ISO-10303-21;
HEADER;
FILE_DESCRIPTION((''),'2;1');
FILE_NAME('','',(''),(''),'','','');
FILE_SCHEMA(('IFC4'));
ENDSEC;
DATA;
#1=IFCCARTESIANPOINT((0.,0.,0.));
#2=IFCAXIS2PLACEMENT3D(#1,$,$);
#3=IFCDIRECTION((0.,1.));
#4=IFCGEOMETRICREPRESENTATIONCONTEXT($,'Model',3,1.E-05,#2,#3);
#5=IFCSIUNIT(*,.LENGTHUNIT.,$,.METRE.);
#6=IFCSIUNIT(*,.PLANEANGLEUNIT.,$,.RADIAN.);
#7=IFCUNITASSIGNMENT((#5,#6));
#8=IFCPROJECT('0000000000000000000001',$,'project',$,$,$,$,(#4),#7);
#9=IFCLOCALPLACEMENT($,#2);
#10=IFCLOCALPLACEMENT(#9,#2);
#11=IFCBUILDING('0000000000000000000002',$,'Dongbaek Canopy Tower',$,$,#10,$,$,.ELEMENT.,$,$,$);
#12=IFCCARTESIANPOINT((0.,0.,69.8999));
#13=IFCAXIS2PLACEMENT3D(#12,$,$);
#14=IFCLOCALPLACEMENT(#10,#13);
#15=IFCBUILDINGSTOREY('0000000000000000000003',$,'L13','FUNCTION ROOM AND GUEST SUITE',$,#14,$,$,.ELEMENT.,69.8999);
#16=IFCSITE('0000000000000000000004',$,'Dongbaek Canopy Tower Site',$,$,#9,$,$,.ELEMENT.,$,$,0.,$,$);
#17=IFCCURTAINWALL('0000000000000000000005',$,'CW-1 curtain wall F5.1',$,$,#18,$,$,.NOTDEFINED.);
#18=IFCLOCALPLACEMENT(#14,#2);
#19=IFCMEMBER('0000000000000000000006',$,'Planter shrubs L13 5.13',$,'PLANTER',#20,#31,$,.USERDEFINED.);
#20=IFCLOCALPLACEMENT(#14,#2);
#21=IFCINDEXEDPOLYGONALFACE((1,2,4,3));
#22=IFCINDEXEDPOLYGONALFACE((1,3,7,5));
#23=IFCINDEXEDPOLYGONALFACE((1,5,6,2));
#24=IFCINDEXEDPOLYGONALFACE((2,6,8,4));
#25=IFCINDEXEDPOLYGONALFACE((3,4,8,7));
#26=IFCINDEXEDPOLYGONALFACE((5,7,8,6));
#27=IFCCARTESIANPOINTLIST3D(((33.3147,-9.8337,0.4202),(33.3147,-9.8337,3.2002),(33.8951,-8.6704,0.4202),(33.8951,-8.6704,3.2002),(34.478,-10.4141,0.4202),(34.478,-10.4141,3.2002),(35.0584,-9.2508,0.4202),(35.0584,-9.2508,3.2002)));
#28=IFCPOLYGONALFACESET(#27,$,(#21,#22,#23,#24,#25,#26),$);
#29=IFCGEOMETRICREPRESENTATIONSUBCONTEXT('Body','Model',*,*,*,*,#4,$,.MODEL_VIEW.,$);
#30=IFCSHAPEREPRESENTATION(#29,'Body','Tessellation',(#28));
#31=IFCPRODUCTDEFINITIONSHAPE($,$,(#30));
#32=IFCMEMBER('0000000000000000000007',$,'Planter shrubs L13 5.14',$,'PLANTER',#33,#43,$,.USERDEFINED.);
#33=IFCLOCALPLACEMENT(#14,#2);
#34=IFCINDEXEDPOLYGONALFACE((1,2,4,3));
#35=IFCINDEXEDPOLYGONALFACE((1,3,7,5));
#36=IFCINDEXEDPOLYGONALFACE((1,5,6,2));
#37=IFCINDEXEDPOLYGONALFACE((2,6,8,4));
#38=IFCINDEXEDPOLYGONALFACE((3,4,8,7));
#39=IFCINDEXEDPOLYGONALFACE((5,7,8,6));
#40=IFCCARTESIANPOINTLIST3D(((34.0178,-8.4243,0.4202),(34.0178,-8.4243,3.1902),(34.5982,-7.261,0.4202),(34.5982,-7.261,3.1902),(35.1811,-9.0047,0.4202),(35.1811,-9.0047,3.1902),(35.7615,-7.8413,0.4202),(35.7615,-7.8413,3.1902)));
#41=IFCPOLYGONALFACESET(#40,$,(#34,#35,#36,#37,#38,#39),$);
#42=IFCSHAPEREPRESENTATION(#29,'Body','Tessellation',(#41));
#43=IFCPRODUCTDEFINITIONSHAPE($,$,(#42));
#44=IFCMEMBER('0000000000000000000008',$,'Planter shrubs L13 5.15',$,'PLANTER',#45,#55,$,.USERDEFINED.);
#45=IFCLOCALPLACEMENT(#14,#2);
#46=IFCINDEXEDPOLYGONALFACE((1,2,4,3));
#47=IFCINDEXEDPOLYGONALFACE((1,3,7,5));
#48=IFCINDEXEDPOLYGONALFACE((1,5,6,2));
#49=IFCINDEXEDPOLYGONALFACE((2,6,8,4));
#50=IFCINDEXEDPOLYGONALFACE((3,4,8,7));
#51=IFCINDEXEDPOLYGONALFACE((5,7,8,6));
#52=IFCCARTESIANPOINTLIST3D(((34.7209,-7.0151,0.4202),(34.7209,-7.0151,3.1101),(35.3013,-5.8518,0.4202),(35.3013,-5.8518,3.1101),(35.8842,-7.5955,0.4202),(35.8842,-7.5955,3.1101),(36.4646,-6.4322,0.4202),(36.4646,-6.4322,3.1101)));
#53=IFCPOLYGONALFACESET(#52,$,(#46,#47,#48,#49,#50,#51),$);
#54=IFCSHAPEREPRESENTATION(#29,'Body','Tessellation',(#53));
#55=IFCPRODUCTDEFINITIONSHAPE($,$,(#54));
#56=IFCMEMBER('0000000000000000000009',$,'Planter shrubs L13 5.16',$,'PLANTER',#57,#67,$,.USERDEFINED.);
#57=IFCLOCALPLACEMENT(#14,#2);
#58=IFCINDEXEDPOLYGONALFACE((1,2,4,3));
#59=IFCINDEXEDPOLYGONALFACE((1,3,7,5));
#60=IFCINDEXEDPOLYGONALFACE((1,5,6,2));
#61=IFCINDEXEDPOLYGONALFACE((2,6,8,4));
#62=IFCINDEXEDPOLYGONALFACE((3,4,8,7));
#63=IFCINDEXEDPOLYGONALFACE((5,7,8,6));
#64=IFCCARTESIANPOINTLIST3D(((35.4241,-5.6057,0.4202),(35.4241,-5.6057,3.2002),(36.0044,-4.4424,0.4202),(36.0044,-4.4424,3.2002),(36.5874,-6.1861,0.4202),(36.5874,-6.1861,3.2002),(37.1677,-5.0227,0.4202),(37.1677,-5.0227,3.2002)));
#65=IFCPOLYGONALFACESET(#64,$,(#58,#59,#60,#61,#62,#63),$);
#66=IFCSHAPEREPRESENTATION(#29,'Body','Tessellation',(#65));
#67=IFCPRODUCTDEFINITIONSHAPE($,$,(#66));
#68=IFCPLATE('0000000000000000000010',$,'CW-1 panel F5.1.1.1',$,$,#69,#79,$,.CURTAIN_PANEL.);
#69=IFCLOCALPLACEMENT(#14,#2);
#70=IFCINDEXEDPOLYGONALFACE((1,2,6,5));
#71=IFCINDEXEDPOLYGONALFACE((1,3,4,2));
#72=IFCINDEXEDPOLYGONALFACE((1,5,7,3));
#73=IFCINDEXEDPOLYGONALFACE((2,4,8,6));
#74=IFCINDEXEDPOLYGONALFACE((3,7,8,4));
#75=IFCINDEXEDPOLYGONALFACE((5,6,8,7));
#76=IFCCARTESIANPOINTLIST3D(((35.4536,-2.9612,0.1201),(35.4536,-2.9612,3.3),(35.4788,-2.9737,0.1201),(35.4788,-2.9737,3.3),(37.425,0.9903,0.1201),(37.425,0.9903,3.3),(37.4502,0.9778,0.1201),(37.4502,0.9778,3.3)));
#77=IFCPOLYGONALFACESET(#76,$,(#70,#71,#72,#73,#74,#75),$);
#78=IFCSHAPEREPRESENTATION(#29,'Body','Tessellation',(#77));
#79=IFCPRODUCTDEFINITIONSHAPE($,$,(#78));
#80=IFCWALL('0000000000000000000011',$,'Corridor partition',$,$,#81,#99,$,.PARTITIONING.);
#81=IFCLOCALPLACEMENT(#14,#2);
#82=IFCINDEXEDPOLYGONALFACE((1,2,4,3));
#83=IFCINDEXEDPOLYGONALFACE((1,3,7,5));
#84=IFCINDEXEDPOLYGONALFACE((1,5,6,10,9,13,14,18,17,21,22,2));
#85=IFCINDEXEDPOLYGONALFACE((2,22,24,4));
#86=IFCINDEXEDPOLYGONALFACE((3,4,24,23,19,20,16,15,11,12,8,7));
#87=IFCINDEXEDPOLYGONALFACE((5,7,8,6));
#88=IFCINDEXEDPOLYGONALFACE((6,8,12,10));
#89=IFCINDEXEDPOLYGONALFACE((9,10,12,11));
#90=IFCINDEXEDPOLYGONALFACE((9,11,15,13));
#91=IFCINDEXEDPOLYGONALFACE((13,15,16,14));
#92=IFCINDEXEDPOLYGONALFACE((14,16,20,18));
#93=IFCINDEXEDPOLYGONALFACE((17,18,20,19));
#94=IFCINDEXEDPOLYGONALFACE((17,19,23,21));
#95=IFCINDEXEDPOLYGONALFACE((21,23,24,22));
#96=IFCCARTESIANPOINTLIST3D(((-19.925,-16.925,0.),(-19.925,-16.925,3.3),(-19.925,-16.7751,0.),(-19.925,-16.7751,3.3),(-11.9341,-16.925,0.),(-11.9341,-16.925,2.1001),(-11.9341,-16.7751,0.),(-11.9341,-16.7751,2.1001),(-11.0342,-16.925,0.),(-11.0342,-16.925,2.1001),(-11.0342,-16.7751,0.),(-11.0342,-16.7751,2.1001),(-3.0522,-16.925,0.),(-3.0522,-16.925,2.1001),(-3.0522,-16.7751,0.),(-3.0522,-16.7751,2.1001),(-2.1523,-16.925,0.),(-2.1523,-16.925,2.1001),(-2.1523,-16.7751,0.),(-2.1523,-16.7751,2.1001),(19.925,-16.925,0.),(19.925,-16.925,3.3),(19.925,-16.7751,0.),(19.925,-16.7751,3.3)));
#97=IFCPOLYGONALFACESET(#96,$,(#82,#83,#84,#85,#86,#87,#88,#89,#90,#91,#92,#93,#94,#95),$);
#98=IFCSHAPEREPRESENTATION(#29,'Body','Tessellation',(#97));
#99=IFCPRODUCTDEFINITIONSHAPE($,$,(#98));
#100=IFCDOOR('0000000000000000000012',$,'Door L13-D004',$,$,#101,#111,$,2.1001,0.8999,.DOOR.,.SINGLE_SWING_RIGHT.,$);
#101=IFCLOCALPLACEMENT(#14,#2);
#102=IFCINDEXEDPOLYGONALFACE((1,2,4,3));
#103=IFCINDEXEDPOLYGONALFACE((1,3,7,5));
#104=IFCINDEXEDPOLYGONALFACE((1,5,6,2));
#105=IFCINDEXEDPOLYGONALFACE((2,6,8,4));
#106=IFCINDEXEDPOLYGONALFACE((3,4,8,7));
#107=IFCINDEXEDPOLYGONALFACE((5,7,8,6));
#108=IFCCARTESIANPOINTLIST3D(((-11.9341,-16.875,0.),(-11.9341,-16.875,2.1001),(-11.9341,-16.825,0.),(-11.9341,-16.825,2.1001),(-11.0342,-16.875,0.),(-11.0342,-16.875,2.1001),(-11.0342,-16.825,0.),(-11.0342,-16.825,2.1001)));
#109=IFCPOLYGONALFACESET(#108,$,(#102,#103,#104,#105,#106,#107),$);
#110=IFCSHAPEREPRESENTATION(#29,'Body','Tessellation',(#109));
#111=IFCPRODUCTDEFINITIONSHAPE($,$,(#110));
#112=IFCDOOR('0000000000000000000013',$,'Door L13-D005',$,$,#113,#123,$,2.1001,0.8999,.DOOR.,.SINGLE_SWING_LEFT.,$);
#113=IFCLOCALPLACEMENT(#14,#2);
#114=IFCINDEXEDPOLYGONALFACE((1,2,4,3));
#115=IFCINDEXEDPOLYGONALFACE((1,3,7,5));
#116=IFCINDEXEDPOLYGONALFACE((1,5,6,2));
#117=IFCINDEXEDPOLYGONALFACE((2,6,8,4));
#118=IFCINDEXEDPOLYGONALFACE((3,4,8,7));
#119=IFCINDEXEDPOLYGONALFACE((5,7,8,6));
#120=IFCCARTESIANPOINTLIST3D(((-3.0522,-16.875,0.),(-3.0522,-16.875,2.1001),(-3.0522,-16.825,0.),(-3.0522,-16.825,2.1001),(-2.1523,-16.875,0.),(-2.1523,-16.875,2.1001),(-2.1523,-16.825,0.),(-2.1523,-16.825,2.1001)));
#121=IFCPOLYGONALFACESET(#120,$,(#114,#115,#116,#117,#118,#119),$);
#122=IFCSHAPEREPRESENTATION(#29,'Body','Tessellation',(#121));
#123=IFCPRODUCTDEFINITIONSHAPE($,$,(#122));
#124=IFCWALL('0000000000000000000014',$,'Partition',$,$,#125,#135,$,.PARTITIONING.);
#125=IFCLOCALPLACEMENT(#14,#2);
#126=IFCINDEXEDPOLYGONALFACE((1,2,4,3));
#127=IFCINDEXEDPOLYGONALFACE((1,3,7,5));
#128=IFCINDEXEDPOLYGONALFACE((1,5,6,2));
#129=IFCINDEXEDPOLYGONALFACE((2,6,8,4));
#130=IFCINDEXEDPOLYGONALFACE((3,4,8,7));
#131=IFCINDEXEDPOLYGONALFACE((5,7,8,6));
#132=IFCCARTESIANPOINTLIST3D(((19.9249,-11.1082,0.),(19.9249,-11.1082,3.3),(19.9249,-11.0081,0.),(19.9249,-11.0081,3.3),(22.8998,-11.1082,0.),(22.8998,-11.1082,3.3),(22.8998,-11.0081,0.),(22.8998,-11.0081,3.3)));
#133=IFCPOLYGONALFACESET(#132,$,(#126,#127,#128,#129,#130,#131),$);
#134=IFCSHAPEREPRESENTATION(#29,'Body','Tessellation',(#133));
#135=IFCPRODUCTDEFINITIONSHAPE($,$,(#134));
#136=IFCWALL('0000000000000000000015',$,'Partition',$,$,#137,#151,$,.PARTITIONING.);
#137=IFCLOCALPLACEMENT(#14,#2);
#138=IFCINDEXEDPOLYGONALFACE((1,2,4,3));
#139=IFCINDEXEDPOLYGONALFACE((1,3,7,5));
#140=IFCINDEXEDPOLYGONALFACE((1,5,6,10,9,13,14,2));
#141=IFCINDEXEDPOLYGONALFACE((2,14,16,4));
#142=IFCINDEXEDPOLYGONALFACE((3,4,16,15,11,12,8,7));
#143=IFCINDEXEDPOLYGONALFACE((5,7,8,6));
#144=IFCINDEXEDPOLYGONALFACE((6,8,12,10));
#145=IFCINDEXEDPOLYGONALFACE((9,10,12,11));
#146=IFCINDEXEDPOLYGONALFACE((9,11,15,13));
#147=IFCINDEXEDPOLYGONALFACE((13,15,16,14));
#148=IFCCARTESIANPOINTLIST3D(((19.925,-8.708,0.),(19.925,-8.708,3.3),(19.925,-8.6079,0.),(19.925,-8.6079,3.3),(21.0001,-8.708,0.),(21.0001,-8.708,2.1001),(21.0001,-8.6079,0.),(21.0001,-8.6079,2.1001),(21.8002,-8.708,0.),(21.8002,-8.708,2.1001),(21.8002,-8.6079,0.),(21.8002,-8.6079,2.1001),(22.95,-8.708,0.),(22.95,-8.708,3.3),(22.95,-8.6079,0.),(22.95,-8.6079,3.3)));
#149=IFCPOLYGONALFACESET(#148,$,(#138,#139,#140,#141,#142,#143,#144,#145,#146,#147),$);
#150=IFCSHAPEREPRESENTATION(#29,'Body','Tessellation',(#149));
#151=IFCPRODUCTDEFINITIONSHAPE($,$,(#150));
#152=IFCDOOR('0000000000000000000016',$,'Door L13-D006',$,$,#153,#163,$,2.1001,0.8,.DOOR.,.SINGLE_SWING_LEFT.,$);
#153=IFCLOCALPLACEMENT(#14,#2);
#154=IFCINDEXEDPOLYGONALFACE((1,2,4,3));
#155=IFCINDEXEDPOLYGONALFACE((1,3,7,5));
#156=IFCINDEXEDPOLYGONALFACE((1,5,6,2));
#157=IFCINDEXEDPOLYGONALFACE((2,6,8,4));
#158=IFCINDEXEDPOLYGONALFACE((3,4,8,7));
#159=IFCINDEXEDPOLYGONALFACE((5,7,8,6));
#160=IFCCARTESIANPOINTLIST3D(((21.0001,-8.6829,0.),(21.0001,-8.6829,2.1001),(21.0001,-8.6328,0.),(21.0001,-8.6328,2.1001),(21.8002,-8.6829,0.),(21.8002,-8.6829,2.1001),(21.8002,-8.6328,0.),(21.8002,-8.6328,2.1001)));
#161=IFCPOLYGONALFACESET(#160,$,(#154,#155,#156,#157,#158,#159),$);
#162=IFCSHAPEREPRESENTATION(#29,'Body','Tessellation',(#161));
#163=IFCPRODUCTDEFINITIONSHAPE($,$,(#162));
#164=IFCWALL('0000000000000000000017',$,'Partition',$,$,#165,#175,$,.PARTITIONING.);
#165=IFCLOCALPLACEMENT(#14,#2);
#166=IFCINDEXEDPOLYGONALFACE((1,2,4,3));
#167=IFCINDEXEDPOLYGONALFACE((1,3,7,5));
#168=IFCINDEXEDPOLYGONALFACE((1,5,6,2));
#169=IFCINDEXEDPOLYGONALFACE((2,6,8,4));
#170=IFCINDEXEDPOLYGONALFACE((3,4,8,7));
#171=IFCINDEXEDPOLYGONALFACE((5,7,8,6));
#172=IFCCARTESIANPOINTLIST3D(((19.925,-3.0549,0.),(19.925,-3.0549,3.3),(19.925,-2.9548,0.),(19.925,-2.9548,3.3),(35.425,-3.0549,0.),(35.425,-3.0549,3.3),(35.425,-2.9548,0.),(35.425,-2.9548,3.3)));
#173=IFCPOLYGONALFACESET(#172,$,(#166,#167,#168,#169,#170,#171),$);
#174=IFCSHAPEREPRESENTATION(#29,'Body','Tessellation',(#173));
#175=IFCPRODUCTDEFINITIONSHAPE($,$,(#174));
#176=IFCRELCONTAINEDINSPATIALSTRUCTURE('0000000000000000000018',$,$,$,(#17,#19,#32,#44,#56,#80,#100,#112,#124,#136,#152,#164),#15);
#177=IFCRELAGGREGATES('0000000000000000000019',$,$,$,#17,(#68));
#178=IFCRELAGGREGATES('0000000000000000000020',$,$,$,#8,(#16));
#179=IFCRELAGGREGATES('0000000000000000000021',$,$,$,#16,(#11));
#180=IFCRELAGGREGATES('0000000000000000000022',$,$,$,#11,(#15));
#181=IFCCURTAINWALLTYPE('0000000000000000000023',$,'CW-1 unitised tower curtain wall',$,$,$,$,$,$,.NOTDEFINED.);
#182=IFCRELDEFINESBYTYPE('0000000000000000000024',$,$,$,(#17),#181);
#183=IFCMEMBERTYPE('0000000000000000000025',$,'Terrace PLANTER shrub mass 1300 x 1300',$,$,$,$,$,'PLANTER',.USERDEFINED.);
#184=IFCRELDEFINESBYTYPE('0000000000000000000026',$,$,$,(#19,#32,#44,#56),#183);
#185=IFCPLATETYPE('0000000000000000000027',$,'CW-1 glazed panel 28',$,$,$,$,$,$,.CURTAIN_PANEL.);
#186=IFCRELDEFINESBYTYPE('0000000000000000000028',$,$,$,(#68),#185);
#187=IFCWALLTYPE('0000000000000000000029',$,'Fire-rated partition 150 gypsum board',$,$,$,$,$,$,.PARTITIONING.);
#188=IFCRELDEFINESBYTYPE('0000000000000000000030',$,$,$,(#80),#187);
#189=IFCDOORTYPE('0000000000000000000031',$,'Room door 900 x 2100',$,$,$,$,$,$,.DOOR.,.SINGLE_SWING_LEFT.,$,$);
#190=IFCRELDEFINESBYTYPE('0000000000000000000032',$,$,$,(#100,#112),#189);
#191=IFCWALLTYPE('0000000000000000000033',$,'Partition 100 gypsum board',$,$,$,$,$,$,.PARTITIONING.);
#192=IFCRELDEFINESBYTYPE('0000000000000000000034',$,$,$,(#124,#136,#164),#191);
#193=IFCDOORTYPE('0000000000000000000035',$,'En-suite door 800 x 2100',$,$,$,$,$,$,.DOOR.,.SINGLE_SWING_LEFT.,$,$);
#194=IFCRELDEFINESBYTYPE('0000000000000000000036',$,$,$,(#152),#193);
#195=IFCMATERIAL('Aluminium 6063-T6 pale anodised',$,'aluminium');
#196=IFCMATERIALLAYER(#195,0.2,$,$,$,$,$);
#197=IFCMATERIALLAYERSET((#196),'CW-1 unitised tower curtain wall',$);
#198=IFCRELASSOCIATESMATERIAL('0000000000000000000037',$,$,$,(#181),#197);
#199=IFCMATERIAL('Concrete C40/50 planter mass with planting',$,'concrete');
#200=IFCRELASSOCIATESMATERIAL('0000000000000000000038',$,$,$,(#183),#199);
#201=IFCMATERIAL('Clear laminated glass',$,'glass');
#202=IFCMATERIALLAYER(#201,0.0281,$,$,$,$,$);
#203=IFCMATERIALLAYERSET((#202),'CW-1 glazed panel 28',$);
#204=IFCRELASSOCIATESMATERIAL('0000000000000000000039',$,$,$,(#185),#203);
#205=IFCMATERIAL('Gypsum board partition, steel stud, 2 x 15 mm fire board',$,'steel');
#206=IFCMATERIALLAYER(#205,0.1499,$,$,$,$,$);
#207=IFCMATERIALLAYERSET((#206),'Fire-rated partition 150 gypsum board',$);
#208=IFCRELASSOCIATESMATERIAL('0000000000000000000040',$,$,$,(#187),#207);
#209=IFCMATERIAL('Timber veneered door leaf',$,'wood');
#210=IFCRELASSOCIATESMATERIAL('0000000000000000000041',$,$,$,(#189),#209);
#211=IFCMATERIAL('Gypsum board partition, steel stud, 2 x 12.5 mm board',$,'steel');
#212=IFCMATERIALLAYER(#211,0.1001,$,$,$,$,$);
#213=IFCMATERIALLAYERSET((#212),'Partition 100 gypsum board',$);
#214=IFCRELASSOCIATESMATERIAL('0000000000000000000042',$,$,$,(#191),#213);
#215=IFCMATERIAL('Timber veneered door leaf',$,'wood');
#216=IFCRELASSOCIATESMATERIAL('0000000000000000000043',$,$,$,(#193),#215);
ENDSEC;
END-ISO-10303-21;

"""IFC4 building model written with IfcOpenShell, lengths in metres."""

from ifc_helpers import new_model, si_unit, direction, frame, frame_2d, origin, origin_2d, place, context, subcontext, project, spatial, rectangle, extrude, material, layer, layer_set, material_profile, profile_set, type_object, element, fill, aggregate, save


model = new_model("IFC4")

# Units and contexts
model_context = context("Model", 3, precision=1e-05, world=origin(), true_north=direction((0.0, 1.0)))
body_context = subcontext(model_context, "Body", "Model", "MODEL_VIEW")
ifc_project = project(units=[si_unit("LENGTHUNIT", "METRE"), si_unit("PLANEANGLEUNIT", "RADIAN")], contexts=[model_context])

# Site, building, storey
site_placement = place(None, origin())
site = spatial("IfcSite", under=ifc_project, at=site_placement, Name="Dongbaek Canopy Tower Site", CompositionType="ELEMENT", RefElevation=0.0)
building_placement = place(site_placement, origin())
building = spatial("IfcBuilding", under=site, at=building_placement, Name="Dongbaek Canopy Tower", CompositionType="ELEMENT")
storey_placement = place(building_placement, frame((0.0, 0.0, 69.8999)))
storey = spatial("IfcBuildingStorey", under=building, at=storey_placement, Name="L13", Description="FUNCTION ROOM AND GUEST SUITE", CompositionType="ELEMENT", Elevation=69.8999)

# Curtain wall
ifc_material_1 = material(Name="Aluminium 6063-T6 pale anodised", Category="aluminium")
ifc_layer_1 = layer(ifc_material_1, 0.2)
ifc_layer_set_1 = layer_set([ifc_layer_1], Name="CW-1 unitised tower curtain wall")
curtain_wall_type = type_object("IfcCurtainWallType", Name="CW-1 unitised tower curtain wall", PredefinedType="NOTDEFINED", material=ifc_layer_set_1)
curtain_wall_placement = place(storey_placement, origin())
curtain_wall = element("IfcCurtainWall", 1, at=curtain_wall_placement, inside=storey, type_object=curtain_wall_type, Name="CW-1 curtain wall F5.1", PredefinedType="NOTDEFINED")

# Members
ifc_material_2 = material(Name="Concrete C40/50 planter mass with planting", Category="concrete")
ifc_material_profile_1 = material_profile(ifc_material_2, rectangle(XDim=1.3, YDim=1.3, at=origin_2d()), Name="Terrace PLANTER shrub mass 1300 x 1300")
ifc_profile_set_1 = profile_set([ifc_material_profile_1], Name="Concrete C40/50 planter mass with planting")
member_type_1 = type_object("IfcMemberType", Name="Terrace PLANTER shrub mass 1300 x 1300", ElementType="PLANTER", PredefinedType="USERDEFINED", material=ifc_profile_set_1)
member_1_placement = place(storey_placement, frame((34.1865, -9.5422, 0.4202), z_axis=(0.0, 0.0, 1.0), x_axis=(0.894823, -0.44642, 0.0)))
element("IfcMember", 2, at=member_1_placement, inside=storey, type_object=member_type_1, Name="Planter shrubs L13 5.13", ObjectType="PLANTER", PredefinedType="USERDEFINED", context=body_context, shape_type="SweptSolid", body=[
    extrude(rectangle(XDim=1.3, YDim=1.3, at=origin_2d()), origin(), (0.0, 0.0, 1.0), 2.78),
])
member_2_placement = place(storey_placement, frame((34.8896, -8.1328, 0.4202), z_axis=(0.0, 0.0, 1.0), x_axis=(0.894823, -0.44642, 0.0)))
element("IfcMember", 3, at=member_2_placement, inside=storey, type_object=member_type_1, Name="Planter shrubs L13 5.14", ObjectType="PLANTER", PredefinedType="USERDEFINED", context=body_context, shape_type="SweptSolid", body=[
    extrude(rectangle(XDim=1.3, YDim=1.3, at=origin_2d()), origin(), (0.0, 0.0, 1.0), 2.77),
])
member_3_placement = place(storey_placement, frame((35.5928, -6.7236, 0.4202), z_axis=(0.0, 0.0, 1.0), x_axis=(0.894823, -0.44642, 0.0)))
element("IfcMember", 4, at=member_3_placement, inside=storey, type_object=member_type_1, Name="Planter shrubs L13 5.15", ObjectType="PLANTER", PredefinedType="USERDEFINED", context=body_context, shape_type="SweptSolid", body=[
    extrude(rectangle(XDim=1.3, YDim=1.3, at=origin_2d()), origin(), (0.0, 0.0, 1.0), 2.6899),
])
member_4_placement = place(storey_placement, frame((36.2959, -5.3142, 0.4202), z_axis=(0.0, 0.0, 1.0), x_axis=(0.894823, -0.44642, 0.0)))
element("IfcMember", 5, at=member_4_placement, inside=storey, type_object=member_type_1, Name="Planter shrubs L13 5.16", ObjectType="PLANTER", PredefinedType="USERDEFINED", context=body_context, shape_type="SweptSolid", body=[
    extrude(rectangle(XDim=1.3, YDim=1.3, at=origin_2d()), origin(), (0.0, 0.0, 1.0), 2.78),
])

# Plate
ifc_material_3 = material(Name="Clear laminated glass", Category="glass")
ifc_layer_2 = layer(ifc_material_3, 0.0281)
ifc_layer_set_2 = layer_set([ifc_layer_2], Name="CW-1 glazed panel 28")
plate_type = type_object("IfcPlateType", Name="CW-1 glazed panel 28", PredefinedType="CURTAIN_PANEL", material=ifc_layer_set_2)
plate_placement = place(storey_placement, frame((36.4519, -0.9917, 0.1201), z_axis=(0.0, 0.0, 1.0), x_axis=(0.44642, 0.894823, 0.0)))
plate = element("IfcPlate", 6, at=plate_placement, type_object=plate_type, Name="CW-1 panel F5.1.1.1", PredefinedType="CURTAIN_PANEL", context=body_context, shape_type="SweptSolid", body=[
    extrude(rectangle(XDim=4.416, YDim=0.0281, at=origin_2d()), origin(), (0.0, 0.0, 1.0), 3.1799),
])
aggregate(curtain_wall, [plate])

# Wall, openings, doors
ifc_material_4 = material(Name="Gypsum board partition, steel stud, 2 x 15 mm fire board", Category="steel")
ifc_layer_3 = layer(ifc_material_4, 0.1499)
ifc_layer_set_3 = layer_set([ifc_layer_3], Name="Fire-rated partition 150 gypsum board")
wall_type_1 = type_object("IfcWallType", Name="Fire-rated partition 150 gypsum board", PredefinedType="PARTITIONING", material=ifc_layer_set_3)
wall_1_placement = place(storey_placement, frame((19.925, -16.8501, 0.0), z_axis=(0.0, 0.0, 1.0), x_axis=(-1.0, 0.0, 0.0)))
wall_1 = element("IfcWall", 7, at=wall_1_placement, inside=storey, type_object=wall_type_1, Name="Corridor partition", PredefinedType="PARTITIONING", context=body_context, shape_type="SweptSolid", body=[
    extrude(rectangle(XDim=39.8501, YDim=0.1499, at=frame_2d((19.925, 0.0))), origin(), (0.0, 0.0, 1.0), 3.3),
])
opening_1_placement = place(wall_1_placement, frame((30.9592, 0.0, 0.0)))
opening_1 = element("IfcOpeningElement", 8, at=opening_1_placement, cuts=wall_1, PredefinedType="OPENING", context=body_context, shape_type="SweptSolid", body=[
    extrude(rectangle(XDim=0.8999, YDim=2.1001, at=frame_2d((0.45, 1.05))), frame((0.0, 0.085, 0.0), z_axis=(0.0, -1.0, 0.0), x_axis=(1.0, 0.0, 0.0)), (0.0, 0.0, 1.0), 0.1699),
])
opening_2_placement = place(wall_1_placement, frame((22.0774, 0.0, 0.0)))
opening_2 = element("IfcOpeningElement", 9, at=opening_2_placement, cuts=wall_1, PredefinedType="OPENING", context=body_context, shape_type="SweptSolid", body=[
    extrude(rectangle(XDim=0.8999, YDim=2.1001, at=frame_2d((0.45, 1.05))), frame((0.0, 0.085, 0.0), z_axis=(0.0, -1.0, 0.0), x_axis=(1.0, 0.0, 0.0)), (0.0, 0.0, 1.0), 0.1699),
])
ifc_material_5 = material(Name="Timber veneered door leaf", Category="wood")
door_type_1 = type_object("IfcDoorType", Name="Room door 900 x 2100", OperationType="SINGLE_SWING_LEFT", PredefinedType="DOOR", material=ifc_material_5)
door_1_placement = place(opening_1_placement, origin())
door_1 = element("IfcDoor", 10, at=door_1_placement, inside=storey, type_object=door_type_1, Name="Door L13-D004", OperationType="SINGLE_SWING_RIGHT", OverallHeight=2.1001, OverallWidth=0.8999, PredefinedType="DOOR", context=body_context, shape_type="SweptSolid", body=[
    extrude(rectangle(XDim=0.8999, YDim=2.1001, at=frame_2d((0.45, 1.05))), frame((0.0, 0.0249, 0.0), z_axis=(0.0, -1.0, 0.0), x_axis=(1.0, 0.0, 0.0)), (0.0, 0.0, 1.0), 0.05),
])
fill(opening_1, door_1)
door_2_placement = place(opening_2_placement, origin())
door_2 = element("IfcDoor", 11, at=door_2_placement, inside=storey, type_object=door_type_1, Name="Door L13-D005", OperationType="SINGLE_SWING_LEFT", OverallHeight=2.1001, OverallWidth=0.8999, PredefinedType="DOOR", context=body_context, shape_type="SweptSolid", body=[
    extrude(rectangle(XDim=0.8999, YDim=2.1001, at=frame_2d((0.45, 1.05))), frame((0.0, 0.0249, 0.0), z_axis=(0.0, -1.0, 0.0), x_axis=(1.0, 0.0, 0.0)), (0.0, 0.0, 1.0), 0.05),
])
fill(opening_2, door_2)

# Wall
ifc_material_6 = material(Name="Gypsum board partition, steel stud, 2 x 12.5 mm board", Category="steel")
ifc_layer_4 = layer(ifc_material_6, 0.1001)
ifc_layer_set_4 = layer_set([ifc_layer_4], Name="Partition 100 gypsum board")
wall_type_2 = type_object("IfcWallType", Name="Partition 100 gypsum board", PredefinedType="PARTITIONING", material=ifc_layer_set_4)
wall_2_placement = place(storey_placement, frame((19.925, -11.0581, 0.0), z_axis=(0.0, 0.0, 1.0), x_axis=(1.0, 0.0, 0.0)))
element("IfcWall", 12, at=wall_2_placement, inside=storey, type_object=wall_type_2, Name="Partition", PredefinedType="PARTITIONING", context=body_context, shape_type="SweptSolid", body=[
    extrude(rectangle(XDim=2.9749, YDim=0.1001, at=frame_2d((1.4873, 0.0))), origin(), (0.0, 0.0, 1.0), 3.3),
])

# Wall, opening, door
wall_3_placement = place(storey_placement, frame((22.95, -8.658, 0.0), z_axis=(0.0, 0.0, 1.0), x_axis=(-1.0, 0.0, 0.0)))
wall_3 = element("IfcWall", 13, at=wall_3_placement, inside=storey, type_object=wall_type_2, Name="Partition", PredefinedType="PARTITIONING", context=body_context, shape_type="SweptSolid", body=[
    extrude(rectangle(XDim=3.0249, YDim=0.1001, at=frame_2d((1.5125, 0.0))), origin(), (0.0, 0.0, 1.0), 3.3),
])
opening_3_placement = place(wall_3_placement, frame((1.1499, 0.0, 0.0)))
opening_3 = element("IfcOpeningElement", 14, at=opening_3_placement, cuts=wall_3, PredefinedType="OPENING", context=body_context, shape_type="SweptSolid", body=[
    extrude(rectangle(XDim=0.8, YDim=2.1001, at=frame_2d((0.3999, 1.05))), frame((0.0, 0.0601, 0.0), z_axis=(0.0, -1.0, 0.0), x_axis=(1.0, 0.0, 0.0)), (0.0, 0.0, 1.0), 0.1201),
])
ifc_material_7 = material(Name="Timber veneered door leaf", Category="wood")
door_type_2 = type_object("IfcDoorType", Name="En-suite door 800 x 2100", OperationType="SINGLE_SWING_LEFT", PredefinedType="DOOR", material=ifc_material_7)
door_3_placement = place(opening_3_placement, origin())
door_3 = element("IfcDoor", 15, at=door_3_placement, inside=storey, type_object=door_type_2, Name="Door L13-D006", OperationType="SINGLE_SWING_LEFT", OverallHeight=2.1001, OverallWidth=0.8, PredefinedType="DOOR", context=body_context, shape_type="SweptSolid", body=[
    extrude(rectangle(XDim=0.8, YDim=2.1001, at=frame_2d((0.3999, 1.05))), frame((0.0, 0.0249, 0.0), z_axis=(0.0, -1.0, 0.0), x_axis=(1.0, 0.0, 0.0)), (0.0, 0.0, 1.0), 0.05),
])
fill(opening_3, door_3)

# Wall
wall_4_placement = place(storey_placement, frame((19.925, -3.0049, 0.0), z_axis=(0.0, 0.0, 1.0), x_axis=(1.0, 0.0, 0.0)))
element("IfcWall", 16, at=wall_4_placement, inside=storey, type_object=wall_type_2, Name="Partition", PredefinedType="PARTITIONING", context=body_context, shape_type="SweptSolid", body=[
    extrude(rectangle(XDim=15.5, YDim=0.1001, at=frame_2d((7.75, 0.0))), origin(), (0.0, 0.0, 1.0), 3.3),
])

save(model, "model.ifc")
